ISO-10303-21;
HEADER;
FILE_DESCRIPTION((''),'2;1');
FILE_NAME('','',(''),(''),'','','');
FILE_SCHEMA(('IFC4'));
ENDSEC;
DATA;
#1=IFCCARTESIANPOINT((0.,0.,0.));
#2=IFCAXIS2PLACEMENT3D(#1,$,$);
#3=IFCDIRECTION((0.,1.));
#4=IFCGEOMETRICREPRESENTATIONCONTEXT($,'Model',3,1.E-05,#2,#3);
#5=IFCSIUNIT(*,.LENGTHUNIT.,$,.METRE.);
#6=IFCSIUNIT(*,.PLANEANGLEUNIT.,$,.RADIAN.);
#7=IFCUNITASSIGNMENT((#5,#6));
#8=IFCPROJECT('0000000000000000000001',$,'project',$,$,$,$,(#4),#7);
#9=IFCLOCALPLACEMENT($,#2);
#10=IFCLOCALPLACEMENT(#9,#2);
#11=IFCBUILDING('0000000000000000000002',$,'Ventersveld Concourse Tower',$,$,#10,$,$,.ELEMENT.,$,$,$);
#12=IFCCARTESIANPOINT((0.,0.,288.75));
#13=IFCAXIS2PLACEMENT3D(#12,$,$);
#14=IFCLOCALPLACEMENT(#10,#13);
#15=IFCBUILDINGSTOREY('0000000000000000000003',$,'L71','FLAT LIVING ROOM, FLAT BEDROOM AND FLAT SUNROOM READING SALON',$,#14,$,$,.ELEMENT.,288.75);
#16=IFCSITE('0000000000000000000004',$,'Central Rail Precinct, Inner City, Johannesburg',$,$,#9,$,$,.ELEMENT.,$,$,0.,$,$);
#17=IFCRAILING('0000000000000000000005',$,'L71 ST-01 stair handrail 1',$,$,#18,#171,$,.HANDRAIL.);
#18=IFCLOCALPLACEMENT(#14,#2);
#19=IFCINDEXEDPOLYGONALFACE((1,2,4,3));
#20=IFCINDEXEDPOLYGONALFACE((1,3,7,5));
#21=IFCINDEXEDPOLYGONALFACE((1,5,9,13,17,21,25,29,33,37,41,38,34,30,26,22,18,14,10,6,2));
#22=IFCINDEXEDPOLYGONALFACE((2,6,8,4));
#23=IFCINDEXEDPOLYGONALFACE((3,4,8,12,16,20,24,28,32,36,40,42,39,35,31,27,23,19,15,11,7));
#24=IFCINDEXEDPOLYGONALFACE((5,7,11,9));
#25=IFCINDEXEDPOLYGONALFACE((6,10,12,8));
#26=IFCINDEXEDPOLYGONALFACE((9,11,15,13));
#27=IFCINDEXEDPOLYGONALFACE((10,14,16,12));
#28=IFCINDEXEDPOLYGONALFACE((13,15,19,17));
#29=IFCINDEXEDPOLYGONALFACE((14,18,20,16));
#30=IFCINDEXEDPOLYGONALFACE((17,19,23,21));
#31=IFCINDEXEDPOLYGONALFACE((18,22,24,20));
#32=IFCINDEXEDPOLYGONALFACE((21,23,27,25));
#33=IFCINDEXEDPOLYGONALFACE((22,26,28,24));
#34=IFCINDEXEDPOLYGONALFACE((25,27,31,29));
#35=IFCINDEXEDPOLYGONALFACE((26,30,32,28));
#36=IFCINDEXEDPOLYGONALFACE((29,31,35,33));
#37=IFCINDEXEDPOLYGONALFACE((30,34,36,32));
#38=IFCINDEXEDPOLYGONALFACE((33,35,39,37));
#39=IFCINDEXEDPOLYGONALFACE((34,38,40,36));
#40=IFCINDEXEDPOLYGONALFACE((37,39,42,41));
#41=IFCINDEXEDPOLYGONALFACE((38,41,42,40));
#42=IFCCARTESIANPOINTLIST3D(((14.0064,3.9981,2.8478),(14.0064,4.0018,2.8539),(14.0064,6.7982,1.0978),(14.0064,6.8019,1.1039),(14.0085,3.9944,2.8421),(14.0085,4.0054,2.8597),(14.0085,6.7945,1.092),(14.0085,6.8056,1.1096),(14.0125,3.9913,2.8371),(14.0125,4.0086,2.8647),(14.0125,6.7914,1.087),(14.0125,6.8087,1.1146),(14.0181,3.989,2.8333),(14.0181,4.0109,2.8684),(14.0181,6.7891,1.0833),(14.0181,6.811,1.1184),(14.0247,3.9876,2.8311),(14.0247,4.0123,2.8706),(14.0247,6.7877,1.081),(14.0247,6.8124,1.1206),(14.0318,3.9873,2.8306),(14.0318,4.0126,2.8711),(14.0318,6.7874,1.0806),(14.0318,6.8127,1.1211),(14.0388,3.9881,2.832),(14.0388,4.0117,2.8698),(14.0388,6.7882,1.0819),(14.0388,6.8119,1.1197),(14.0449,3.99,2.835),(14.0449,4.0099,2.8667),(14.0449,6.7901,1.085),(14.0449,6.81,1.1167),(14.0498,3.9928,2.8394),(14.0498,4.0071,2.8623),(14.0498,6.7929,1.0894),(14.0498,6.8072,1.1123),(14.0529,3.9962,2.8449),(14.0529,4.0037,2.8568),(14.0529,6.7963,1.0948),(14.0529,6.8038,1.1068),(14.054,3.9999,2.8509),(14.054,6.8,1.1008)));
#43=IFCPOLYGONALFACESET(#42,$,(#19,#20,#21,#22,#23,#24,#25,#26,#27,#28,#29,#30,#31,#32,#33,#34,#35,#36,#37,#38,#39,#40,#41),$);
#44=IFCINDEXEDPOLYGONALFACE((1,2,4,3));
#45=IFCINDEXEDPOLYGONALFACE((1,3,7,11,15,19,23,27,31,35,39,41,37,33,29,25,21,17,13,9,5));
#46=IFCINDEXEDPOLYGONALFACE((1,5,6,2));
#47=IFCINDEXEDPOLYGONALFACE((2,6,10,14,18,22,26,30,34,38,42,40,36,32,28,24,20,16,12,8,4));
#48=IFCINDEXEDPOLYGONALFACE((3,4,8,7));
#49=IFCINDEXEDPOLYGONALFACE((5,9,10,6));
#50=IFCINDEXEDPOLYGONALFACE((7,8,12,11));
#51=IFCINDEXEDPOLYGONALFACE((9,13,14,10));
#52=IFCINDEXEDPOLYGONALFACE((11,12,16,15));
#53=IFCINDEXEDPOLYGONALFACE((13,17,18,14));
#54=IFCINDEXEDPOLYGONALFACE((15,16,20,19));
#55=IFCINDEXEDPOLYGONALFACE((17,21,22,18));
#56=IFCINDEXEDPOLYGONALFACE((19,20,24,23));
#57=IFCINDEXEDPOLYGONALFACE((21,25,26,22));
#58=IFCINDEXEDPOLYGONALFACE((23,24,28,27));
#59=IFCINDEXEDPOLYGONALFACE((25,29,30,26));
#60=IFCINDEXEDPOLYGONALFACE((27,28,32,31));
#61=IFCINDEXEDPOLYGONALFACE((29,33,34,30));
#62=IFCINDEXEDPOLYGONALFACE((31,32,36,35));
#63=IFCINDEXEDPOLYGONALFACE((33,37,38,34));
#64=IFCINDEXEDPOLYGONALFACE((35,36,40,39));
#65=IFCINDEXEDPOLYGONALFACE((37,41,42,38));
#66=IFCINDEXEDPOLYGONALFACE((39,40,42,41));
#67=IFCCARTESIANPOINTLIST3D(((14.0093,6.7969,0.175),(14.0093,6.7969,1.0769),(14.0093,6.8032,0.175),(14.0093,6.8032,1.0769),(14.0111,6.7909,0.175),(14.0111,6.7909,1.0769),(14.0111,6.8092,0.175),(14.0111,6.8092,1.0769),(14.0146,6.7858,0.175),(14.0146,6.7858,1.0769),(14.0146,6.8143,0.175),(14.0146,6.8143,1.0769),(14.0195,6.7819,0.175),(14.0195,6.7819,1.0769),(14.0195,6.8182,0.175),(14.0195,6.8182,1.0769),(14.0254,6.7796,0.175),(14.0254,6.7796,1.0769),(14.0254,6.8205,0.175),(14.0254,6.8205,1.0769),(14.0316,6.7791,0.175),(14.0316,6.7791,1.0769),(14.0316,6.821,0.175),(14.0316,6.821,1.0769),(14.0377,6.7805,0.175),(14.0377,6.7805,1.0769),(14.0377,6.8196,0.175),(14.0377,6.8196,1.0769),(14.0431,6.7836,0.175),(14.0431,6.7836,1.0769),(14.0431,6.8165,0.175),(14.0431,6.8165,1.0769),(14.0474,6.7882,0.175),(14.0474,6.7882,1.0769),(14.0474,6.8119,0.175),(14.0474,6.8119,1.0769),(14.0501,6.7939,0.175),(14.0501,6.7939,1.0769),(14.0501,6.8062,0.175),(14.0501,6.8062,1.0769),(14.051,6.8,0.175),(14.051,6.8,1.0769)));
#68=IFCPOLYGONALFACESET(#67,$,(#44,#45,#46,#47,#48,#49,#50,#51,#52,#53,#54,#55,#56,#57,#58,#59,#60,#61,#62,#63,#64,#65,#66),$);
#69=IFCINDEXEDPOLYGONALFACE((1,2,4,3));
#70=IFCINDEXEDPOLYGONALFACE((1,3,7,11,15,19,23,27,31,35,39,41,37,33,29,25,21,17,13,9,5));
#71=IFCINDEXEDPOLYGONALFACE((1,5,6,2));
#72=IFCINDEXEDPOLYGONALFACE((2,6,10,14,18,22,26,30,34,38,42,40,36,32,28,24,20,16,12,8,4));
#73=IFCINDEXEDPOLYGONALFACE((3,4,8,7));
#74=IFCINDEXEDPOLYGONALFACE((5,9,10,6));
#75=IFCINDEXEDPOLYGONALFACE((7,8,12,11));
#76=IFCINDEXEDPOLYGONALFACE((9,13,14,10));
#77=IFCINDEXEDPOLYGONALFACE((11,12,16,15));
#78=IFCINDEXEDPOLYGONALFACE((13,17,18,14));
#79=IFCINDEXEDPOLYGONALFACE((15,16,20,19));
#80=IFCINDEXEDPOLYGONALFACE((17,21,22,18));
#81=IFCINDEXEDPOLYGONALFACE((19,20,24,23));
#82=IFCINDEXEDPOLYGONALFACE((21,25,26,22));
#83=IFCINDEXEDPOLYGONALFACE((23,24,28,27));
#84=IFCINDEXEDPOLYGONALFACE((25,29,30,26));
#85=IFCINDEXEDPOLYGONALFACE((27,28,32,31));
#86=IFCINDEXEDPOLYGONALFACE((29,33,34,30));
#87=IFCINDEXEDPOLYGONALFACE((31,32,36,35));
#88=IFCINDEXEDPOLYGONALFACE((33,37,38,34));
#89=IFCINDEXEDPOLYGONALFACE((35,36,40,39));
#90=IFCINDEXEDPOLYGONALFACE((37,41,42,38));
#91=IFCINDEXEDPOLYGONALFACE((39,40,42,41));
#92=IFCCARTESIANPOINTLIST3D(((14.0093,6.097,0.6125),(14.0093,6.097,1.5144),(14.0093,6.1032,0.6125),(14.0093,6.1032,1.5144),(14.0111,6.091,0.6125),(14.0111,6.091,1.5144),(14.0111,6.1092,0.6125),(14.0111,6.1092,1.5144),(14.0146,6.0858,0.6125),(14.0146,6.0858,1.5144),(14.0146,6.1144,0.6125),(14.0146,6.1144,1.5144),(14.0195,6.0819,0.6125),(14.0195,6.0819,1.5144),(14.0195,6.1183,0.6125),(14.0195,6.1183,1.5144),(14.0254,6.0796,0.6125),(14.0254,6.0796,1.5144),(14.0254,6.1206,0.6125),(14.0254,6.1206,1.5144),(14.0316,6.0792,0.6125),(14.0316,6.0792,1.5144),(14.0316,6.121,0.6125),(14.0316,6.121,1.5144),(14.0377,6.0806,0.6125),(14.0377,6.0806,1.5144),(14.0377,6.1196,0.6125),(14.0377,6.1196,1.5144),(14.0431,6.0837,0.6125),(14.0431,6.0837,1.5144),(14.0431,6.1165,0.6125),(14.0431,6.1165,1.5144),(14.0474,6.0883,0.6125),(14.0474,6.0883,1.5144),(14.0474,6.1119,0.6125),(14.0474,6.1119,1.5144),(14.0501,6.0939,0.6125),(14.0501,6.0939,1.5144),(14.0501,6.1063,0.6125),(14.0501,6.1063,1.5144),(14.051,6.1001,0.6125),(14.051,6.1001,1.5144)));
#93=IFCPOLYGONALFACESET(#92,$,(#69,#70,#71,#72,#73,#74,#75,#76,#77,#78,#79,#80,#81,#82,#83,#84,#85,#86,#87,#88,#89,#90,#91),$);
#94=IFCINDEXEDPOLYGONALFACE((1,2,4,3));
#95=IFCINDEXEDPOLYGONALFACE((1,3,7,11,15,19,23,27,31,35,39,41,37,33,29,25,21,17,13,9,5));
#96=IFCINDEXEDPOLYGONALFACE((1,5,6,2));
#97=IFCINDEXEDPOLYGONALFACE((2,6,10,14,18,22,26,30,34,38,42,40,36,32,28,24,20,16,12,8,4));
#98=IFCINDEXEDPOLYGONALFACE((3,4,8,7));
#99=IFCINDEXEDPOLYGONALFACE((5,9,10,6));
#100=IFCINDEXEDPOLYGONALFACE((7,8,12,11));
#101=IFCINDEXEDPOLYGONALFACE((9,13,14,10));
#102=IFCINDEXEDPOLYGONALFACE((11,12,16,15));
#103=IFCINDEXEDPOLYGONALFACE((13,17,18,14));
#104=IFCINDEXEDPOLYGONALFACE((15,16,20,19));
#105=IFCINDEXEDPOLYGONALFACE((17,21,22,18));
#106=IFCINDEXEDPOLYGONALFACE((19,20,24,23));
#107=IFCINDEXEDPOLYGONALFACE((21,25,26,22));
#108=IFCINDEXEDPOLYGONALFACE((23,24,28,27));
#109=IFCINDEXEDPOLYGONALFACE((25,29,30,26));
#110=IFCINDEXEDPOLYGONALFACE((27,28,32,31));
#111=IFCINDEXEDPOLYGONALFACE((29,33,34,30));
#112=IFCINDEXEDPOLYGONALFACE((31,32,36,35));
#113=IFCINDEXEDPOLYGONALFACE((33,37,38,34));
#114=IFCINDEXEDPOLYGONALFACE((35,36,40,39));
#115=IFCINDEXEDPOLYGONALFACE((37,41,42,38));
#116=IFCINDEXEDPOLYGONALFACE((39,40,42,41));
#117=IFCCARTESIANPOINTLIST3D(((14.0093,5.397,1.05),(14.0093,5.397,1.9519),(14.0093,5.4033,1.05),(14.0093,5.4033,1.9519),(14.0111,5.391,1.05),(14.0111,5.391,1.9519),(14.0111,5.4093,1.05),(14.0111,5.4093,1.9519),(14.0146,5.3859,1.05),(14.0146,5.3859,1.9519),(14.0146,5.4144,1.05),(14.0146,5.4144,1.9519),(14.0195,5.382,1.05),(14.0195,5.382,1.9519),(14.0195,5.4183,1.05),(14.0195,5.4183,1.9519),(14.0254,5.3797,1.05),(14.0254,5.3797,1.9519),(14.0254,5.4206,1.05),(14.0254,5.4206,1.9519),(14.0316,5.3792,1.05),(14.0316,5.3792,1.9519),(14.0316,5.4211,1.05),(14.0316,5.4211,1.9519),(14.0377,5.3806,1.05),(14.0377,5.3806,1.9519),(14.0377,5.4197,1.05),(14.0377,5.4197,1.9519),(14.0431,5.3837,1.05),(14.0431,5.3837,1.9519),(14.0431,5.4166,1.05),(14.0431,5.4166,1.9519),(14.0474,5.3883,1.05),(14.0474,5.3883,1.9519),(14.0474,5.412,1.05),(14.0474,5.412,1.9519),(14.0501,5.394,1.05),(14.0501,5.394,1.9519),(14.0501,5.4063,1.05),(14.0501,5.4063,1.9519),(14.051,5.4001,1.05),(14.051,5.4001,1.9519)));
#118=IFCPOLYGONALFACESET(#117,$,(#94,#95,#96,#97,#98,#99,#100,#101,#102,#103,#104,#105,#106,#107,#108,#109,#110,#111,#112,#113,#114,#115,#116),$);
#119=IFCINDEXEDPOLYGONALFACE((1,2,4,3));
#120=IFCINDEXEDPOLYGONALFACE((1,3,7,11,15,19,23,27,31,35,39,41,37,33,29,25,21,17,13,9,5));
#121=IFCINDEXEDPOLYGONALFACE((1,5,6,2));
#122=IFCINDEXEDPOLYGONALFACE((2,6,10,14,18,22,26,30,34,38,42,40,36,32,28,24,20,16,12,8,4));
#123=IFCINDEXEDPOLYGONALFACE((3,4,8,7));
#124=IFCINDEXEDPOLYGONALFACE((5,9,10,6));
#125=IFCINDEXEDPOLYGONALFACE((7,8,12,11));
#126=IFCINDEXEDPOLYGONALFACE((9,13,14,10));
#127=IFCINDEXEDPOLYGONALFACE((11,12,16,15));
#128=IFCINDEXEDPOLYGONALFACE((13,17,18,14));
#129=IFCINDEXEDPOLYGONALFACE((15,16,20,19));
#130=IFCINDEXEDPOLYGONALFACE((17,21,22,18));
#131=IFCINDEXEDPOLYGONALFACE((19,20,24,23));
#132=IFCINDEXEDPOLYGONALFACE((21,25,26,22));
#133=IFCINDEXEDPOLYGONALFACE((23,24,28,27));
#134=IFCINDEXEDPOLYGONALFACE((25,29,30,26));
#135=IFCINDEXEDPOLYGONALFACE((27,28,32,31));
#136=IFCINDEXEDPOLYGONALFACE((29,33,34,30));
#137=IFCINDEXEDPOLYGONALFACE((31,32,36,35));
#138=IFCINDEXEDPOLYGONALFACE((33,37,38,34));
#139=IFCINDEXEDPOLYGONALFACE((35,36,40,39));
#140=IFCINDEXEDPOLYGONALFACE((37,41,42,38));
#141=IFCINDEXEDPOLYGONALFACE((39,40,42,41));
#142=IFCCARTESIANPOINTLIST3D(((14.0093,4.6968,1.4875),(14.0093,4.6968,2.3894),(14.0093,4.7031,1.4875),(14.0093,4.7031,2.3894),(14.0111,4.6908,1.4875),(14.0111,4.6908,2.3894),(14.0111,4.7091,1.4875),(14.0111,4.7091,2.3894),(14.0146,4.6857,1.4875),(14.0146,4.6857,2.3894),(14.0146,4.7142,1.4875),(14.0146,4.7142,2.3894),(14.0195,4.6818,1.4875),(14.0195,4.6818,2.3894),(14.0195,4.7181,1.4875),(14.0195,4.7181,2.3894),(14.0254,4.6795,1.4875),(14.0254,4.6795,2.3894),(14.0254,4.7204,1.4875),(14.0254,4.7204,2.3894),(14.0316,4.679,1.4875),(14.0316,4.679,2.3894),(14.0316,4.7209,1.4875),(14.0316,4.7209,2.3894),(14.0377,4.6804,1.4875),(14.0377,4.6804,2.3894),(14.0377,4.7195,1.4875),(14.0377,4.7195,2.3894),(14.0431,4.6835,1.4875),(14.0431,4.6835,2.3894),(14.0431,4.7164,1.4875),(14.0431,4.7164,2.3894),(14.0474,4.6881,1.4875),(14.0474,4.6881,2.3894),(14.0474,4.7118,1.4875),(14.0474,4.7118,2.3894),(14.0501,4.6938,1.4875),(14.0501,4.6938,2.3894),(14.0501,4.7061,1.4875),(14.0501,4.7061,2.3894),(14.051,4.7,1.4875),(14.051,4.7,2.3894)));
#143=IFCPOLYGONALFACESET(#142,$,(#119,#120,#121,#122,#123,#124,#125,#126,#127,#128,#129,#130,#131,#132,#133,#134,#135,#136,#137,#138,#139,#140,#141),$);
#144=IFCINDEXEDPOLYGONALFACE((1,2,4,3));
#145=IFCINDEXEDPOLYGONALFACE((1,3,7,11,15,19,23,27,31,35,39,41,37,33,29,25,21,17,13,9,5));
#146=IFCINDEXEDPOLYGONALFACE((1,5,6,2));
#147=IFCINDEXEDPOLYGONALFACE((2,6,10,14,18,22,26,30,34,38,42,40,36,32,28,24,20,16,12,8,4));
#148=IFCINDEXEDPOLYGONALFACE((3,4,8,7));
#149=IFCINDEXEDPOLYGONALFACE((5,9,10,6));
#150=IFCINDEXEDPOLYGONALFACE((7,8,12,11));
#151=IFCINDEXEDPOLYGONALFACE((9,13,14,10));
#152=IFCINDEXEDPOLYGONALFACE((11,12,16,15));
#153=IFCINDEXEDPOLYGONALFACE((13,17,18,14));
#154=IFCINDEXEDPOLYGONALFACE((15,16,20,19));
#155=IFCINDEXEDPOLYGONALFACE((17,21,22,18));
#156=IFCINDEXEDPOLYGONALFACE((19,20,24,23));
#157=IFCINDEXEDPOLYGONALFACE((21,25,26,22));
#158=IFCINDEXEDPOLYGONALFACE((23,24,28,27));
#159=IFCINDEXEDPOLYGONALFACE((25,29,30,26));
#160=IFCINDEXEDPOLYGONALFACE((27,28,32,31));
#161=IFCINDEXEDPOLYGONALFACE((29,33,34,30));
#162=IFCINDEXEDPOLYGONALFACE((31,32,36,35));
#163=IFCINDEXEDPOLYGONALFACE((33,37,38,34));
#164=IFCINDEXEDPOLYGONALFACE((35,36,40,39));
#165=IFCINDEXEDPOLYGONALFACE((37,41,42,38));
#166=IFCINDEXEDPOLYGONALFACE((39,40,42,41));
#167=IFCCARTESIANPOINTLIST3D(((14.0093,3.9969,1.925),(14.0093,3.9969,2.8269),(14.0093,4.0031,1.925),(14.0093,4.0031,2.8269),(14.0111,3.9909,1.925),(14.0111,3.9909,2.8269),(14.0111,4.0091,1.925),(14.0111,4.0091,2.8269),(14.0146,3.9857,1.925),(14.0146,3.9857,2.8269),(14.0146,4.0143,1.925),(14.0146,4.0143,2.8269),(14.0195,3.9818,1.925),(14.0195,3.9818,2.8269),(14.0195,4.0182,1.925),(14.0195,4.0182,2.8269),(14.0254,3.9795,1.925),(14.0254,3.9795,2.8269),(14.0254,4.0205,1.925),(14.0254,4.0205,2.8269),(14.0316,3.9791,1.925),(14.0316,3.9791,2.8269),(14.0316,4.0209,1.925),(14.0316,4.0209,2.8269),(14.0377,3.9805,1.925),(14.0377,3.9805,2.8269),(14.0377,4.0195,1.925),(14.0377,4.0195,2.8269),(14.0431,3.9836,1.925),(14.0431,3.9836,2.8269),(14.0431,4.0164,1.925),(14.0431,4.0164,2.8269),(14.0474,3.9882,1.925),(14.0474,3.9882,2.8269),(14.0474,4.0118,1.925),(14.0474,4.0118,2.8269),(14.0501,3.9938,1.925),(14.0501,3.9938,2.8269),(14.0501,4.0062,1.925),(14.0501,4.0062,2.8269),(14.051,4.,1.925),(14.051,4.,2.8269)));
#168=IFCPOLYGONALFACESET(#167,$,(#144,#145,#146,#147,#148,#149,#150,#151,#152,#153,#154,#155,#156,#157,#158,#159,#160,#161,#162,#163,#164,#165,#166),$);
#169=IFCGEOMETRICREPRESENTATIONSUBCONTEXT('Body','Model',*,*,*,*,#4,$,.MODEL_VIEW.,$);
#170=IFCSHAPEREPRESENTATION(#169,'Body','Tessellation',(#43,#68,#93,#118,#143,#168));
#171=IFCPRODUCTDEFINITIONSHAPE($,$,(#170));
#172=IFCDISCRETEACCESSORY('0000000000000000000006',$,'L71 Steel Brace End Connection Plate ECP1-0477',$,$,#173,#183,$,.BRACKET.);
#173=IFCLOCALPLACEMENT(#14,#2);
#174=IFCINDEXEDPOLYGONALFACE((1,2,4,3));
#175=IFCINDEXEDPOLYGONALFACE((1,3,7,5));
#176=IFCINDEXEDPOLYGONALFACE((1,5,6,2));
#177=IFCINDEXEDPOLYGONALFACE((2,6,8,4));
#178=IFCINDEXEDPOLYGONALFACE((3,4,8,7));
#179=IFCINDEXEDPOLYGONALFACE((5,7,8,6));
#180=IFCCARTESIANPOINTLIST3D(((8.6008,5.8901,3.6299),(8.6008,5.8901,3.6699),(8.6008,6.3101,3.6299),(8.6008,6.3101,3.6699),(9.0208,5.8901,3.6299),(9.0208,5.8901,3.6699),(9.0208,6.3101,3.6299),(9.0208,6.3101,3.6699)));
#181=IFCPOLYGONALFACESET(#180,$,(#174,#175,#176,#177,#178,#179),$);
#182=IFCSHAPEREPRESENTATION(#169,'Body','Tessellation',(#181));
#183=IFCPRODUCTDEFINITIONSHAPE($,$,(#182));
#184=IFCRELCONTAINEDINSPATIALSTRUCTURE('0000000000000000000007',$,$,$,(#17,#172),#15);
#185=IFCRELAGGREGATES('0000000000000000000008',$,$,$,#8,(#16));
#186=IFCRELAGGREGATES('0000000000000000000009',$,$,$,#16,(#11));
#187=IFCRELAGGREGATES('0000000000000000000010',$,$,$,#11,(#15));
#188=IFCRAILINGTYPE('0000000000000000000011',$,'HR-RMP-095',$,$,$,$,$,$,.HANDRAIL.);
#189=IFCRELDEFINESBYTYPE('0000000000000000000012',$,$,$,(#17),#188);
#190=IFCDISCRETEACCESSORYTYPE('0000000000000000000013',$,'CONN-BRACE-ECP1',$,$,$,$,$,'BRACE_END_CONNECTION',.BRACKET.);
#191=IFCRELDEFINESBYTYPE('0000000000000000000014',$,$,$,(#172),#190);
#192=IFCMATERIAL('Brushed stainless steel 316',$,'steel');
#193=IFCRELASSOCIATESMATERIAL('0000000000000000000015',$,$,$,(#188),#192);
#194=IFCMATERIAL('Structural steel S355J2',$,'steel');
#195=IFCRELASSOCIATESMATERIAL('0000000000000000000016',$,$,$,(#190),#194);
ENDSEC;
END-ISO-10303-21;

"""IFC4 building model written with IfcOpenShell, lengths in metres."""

from ifc_helpers import new_model, si_unit, direction, frame, origin, origin_2d, place, context, subcontext, project, spatial, rectangle, circle, extrude, material, type_object, element, save


model = new_model("IFC4")

# Units and contexts
model_context = context("Model", 3, precision=1e-05, world=origin(), true_north=direction((0.0, 1.0)))
body_context = subcontext(model_context, "Body", "Model", "MODEL_VIEW")
ifc_project = project(units=[si_unit("LENGTHUNIT", "METRE"), si_unit("PLANEANGLEUNIT", "RADIAN")], contexts=[model_context])

# Site, building, storey
site_placement = place(None, origin())
site = spatial("IfcSite", under=ifc_project, at=site_placement, Name="Central Rail Precinct, Inner City, Johannesburg", CompositionType="ELEMENT", RefElevation=0.0)
building_placement = place(site_placement, origin())
building = spatial("IfcBuilding", under=site, at=building_placement, Name="Ventersveld Concourse Tower", CompositionType="ELEMENT")
storey_placement = place(building_placement, frame((0.0, 0.0, 288.75)))
storey = spatial("IfcBuildingStorey", under=building, at=storey_placement, Name="L71", Description="FLAT LIVING ROOM, FLAT BEDROOM AND FLAT SUNROOM READING SALON", CompositionType="ELEMENT", Elevation=288.75)

# Shared definitions
ifc_material_1 = material(Name="Structural steel S355J2", Category="steel")

# Railing
ifc_material_2 = material(Name="Brushed stainless steel 316", Category="steel")
railing_type = type_object("IfcRailingType", Name="HR-RMP-095", PredefinedType="HANDRAIL", material=ifc_material_2)
railing_placement = place(storey_placement, frame((14.03, 6.8, 0.175)))
element("IfcRailing", 1, at=railing_placement, inside=storey, type_object=railing_type, Name="L71 ST-01 stair handrail 1", PredefinedType="HANDRAIL", context=body_context, shape_type="SweptSolid", body=[
    extrude(circle(Radius=0.0239, at=origin_2d()), frame((0.0, 0.0, 0.9258), z_axis=(0.0, -0.848002, 0.529992), x_axis=(1.0, 0.0, 0.0)), (0.0, 0.0, 1.0), 3.302),
    extrude(circle(Radius=0.021, at=origin_2d()), origin(), (0.0, 0.0, 1.0), 0.9019),
    extrude(circle(Radius=0.021, at=origin_2d()), frame((0.0, -0.7, 0.4375)), (0.0, 0.0, 1.0), 0.9019),
    extrude(circle(Radius=0.021, at=origin_2d()), frame((0.0, -1.3999, 0.875)), (0.0, 0.0, 1.0), 0.9019),
    extrude(circle(Radius=0.021, at=origin_2d()), frame((0.0, -2.1001, 1.3125)), (0.0, 0.0, 1.0), 0.9019),
    extrude(circle(Radius=0.021, at=origin_2d()), frame((0.0, -2.8, 1.75)), (0.0, 0.0, 1.0), 0.9019),
])

# Discrete accessory
discrete_accessory_type = type_object("IfcDiscreteAccessoryType", Name="CONN-BRACE-ECP1", ElementType="BRACE_END_CONNECTION", PredefinedType="BRACKET", material=ifc_material_1)
discrete_accessory_placement = place(storey_placement, frame((8.8108, 6.1001, 3.6299), z_axis=(0.0, 0.0, 1.0), x_axis=(1.0, 0.0, 0.0)))
element("IfcDiscreteAccessory", 2, at=discrete_accessory_placement, inside=storey, type_object=discrete_accessory_type, Name="L71 Steel Brace End Connection Plate ECP1-0477", PredefinedType="BRACKET", context=body_context, shape_type="SweptSolid", body=[
    extrude(rectangle(XDim=0.4199, YDim=0.4199, at=origin_2d()), origin(), (0.0, 0.0, 1.0), 0.04),
])

save(model, "model.ifc")
